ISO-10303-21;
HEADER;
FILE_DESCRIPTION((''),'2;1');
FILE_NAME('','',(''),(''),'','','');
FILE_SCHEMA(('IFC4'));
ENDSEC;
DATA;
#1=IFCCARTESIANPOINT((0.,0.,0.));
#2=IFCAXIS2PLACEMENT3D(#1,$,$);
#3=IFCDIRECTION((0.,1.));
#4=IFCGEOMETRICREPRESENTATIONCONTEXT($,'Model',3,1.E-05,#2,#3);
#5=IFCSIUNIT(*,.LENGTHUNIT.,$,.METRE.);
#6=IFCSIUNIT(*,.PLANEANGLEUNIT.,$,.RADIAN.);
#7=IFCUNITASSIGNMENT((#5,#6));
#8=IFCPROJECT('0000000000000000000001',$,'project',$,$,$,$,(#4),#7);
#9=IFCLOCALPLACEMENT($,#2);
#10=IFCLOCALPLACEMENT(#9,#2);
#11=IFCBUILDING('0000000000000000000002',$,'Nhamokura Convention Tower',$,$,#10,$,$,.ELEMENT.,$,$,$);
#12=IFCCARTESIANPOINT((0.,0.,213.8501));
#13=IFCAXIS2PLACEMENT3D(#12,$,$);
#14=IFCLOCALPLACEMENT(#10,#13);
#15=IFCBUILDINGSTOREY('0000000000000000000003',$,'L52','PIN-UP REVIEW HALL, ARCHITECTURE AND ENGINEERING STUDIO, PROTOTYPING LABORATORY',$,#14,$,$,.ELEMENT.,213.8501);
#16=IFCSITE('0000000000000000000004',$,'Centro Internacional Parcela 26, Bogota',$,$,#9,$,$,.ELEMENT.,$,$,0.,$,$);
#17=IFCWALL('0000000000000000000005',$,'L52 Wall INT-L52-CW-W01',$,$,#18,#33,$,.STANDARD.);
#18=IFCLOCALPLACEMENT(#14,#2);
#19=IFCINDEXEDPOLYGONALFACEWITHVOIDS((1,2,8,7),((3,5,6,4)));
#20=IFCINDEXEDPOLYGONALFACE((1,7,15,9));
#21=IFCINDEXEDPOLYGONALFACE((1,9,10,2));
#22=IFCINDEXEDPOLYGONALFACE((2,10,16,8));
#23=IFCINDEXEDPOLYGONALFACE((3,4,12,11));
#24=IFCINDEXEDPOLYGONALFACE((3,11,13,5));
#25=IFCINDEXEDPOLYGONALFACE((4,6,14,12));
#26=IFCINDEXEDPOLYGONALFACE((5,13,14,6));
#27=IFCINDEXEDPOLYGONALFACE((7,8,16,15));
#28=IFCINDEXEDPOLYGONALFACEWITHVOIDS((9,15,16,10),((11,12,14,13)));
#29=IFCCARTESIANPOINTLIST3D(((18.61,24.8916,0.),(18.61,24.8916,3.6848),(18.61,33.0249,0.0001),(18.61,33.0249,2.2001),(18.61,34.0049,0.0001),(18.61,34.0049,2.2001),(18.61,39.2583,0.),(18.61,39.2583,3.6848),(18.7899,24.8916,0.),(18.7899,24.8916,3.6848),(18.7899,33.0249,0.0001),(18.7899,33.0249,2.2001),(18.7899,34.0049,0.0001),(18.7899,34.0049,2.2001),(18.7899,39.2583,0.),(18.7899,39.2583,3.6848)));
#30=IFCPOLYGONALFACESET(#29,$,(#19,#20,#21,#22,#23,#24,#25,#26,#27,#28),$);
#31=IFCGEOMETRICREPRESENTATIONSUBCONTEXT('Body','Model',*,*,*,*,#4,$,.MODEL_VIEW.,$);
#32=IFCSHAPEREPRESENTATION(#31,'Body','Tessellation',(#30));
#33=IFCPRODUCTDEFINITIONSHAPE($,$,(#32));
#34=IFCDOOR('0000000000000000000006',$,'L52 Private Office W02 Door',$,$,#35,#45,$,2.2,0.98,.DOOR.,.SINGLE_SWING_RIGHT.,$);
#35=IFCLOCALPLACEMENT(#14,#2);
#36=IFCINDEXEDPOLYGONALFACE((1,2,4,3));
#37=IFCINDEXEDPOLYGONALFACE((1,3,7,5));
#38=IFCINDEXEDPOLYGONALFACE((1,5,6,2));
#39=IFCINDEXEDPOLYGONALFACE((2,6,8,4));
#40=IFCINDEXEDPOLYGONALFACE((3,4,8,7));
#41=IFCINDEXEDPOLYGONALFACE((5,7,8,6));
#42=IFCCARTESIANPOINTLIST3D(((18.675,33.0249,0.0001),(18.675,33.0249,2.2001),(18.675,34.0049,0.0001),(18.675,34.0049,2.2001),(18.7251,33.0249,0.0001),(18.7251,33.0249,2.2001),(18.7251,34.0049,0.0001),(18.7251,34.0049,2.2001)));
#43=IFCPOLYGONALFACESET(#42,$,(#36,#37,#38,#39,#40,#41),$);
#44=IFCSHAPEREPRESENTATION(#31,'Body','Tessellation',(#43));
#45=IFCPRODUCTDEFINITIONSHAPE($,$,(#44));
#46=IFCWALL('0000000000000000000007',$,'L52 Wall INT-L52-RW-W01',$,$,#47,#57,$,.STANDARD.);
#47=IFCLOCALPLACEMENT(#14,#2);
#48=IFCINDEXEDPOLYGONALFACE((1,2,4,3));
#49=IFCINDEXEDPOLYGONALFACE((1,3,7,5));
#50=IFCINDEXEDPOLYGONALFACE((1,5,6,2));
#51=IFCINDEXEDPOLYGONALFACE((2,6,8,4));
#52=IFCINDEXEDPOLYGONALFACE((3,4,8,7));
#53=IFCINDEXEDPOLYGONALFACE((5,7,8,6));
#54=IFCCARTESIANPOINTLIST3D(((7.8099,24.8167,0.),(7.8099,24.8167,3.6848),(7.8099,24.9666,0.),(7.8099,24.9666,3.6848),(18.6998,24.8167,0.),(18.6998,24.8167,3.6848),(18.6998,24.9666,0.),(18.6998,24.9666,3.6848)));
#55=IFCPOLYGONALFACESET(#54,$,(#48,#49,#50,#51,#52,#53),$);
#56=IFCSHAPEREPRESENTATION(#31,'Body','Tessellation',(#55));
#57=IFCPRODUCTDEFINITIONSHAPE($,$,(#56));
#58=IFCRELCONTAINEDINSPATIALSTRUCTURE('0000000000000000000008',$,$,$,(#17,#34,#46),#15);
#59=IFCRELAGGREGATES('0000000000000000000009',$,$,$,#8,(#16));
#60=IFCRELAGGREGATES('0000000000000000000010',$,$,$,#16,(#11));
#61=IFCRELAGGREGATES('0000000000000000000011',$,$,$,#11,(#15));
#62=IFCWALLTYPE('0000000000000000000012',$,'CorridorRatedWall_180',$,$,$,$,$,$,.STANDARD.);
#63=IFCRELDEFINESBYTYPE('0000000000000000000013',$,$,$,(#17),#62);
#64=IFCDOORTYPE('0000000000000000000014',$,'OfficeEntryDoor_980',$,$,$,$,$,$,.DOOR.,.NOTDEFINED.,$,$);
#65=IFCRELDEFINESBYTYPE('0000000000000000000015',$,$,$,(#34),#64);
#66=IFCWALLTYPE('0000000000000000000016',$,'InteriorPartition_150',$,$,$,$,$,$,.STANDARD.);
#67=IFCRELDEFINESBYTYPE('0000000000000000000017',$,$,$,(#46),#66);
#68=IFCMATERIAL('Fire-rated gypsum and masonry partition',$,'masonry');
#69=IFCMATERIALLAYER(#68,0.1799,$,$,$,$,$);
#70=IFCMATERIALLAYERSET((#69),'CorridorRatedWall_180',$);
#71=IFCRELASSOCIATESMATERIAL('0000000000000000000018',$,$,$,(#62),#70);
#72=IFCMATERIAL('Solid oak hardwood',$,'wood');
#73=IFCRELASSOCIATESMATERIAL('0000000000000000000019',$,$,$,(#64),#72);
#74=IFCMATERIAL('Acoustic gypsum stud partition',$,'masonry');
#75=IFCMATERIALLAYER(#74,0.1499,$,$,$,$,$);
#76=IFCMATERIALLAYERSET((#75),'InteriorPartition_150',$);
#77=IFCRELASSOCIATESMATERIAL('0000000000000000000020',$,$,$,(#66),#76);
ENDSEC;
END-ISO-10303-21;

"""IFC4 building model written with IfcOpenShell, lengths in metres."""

from ifc_helpers import new_model, si_unit, direction, frame, frame_2d, origin, place, context, subcontext, project, spatial, rectangle, extrude, material, layer, layer_set, type_object, element, fill, save


model = new_model("IFC4")

# Units and contexts
model_context = context("Model", 3, precision=1e-05, world=origin(), true_north=direction((0.0, 1.0)))
body_context = subcontext(model_context, "Body", "Model", "MODEL_VIEW")
ifc_project = project(units=[si_unit("LENGTHUNIT", "METRE"), si_unit("PLANEANGLEUNIT", "RADIAN")], contexts=[model_context])

# Site, building, storey
site_placement = place(None, origin())
site = spatial("IfcSite", under=ifc_project, at=site_placement, Name="Centro Internacional Parcela 26, Bogota", CompositionType="ELEMENT", RefElevation=0.0)
building_placement = place(site_placement, origin())
building = spatial("IfcBuilding", under=site, at=building_placement, Name="Nhamokura Convention Tower", CompositionType="ELEMENT")
storey_placement = place(building_placement, frame((0.0, 0.0, 213.8501)))
storey = spatial("IfcBuildingStorey", under=building, at=storey_placement, Name="L52", Description="PIN-UP REVIEW HALL, ARCHITECTURE AND ENGINEERING STUDIO, PROTOTYPING LABORATORY", CompositionType="ELEMENT", Elevation=213.8501)

# Wall, opening, door
ifc_material_1 = material(Name="Fire-rated gypsum and masonry partition", Category="masonry")
ifc_layer_1 = layer(ifc_material_1, 0.1799)
ifc_layer_set_1 = layer_set([ifc_layer_1], Name="CorridorRatedWall_180")
wall_type_1 = type_object("IfcWallType", Name="CorridorRatedWall_180", PredefinedType="STANDARD", material=ifc_layer_set_1)
ifc_material_2 = material(Name="Solid oak hardwood", Category="wood")
door_type = type_object("IfcDoorType", Name="OfficeEntryDoor_980", OperationType="NOTDEFINED", PredefinedType="DOOR", material=ifc_material_2)
wall_1_placement = place(storey_placement, frame((18.7, 24.8916, 0.0), z_axis=(0.0, 0.0, 1.0), x_axis=(0.0, 1.0, 0.0)))
wall_1 = element("IfcWall", 1, at=wall_1_placement, inside=storey, type_object=wall_type_1, Name="L52 Wall INT-L52-CW-W01", PredefinedType="STANDARD", context=body_context, shape_type="SweptSolid", body=[
    extrude(rectangle(XDim=14.3667, YDim=0.1799, at=frame_2d((7.1833, 0.0))), origin(), (0.0, 0.0, 1.0), 3.6848),
])
opening_1_placement = place(wall_1_placement, frame((8.1333, 0.0, 0.0)))
opening_1 = element("IfcOpeningElement", 2, at=opening_1_placement, cuts=wall_1, PredefinedType="OPENING", context=body_context, shape_type="SweptSolid", body=[
    extrude(rectangle(XDim=0.98, YDim=2.2, at=frame_2d((0.49, 1.1001))), frame((0.0, 0.0999, 0.0), z_axis=(0.0, -1.0, 0.0), x_axis=(1.0, 0.0, 0.0)), (0.0, 0.0, 1.0), 0.2),
])
door_1_placement = place(opening_1_placement, origin())
door_1 = element("IfcDoor", 3, at=door_1_placement, inside=storey, type_object=door_type, Name="L52 Private Office W02 Door", OperationType="SINGLE_SWING_RIGHT", OverallHeight=2.2, OverallWidth=0.98, PredefinedType="DOOR", context=body_context, shape_type="SweptSolid", body=[
    extrude(rectangle(XDim=0.98, YDim=2.2, at=frame_2d((0.49, 1.1001))), frame((0.0, 0.0249, 0.0), z_axis=(0.0, -1.0, 0.0), x_axis=(1.0, 0.0, 0.0)), (0.0, 0.0, 1.0), 0.05),
])
fill(opening_1, door_1)

# Wall
ifc_material_3 = material(Name="Acoustic gypsum stud partition", Category="masonry")
ifc_layer_2 = layer(ifc_material_3, 0.1499)
ifc_layer_set_2 = layer_set([ifc_layer_2], Name="InteriorPartition_150")
wall_type_2 = type_object("IfcWallType", Name="InteriorPartition_150", PredefinedType="STANDARD", material=ifc_layer_set_2)
wall_2_placement = place(storey_placement, frame((7.8101, 24.8916, 0.0), z_axis=(0.0, 0.0, 1.0), x_axis=(1.0, 0.0, 0.0)))
element("IfcWall", 4, at=wall_2_placement, inside=storey, type_object=wall_type_2, Name="L52 Wall INT-L52-RW-W01", PredefinedType="STANDARD", context=body_context, shape_type="SweptSolid", body=[
    extrude(rectangle(XDim=10.8899, YDim=0.1499, at=frame_2d((5.4448, 0.0))), origin(), (0.0, 0.0, 1.0), 3.6848),
])

save(model, "model.ifc")
